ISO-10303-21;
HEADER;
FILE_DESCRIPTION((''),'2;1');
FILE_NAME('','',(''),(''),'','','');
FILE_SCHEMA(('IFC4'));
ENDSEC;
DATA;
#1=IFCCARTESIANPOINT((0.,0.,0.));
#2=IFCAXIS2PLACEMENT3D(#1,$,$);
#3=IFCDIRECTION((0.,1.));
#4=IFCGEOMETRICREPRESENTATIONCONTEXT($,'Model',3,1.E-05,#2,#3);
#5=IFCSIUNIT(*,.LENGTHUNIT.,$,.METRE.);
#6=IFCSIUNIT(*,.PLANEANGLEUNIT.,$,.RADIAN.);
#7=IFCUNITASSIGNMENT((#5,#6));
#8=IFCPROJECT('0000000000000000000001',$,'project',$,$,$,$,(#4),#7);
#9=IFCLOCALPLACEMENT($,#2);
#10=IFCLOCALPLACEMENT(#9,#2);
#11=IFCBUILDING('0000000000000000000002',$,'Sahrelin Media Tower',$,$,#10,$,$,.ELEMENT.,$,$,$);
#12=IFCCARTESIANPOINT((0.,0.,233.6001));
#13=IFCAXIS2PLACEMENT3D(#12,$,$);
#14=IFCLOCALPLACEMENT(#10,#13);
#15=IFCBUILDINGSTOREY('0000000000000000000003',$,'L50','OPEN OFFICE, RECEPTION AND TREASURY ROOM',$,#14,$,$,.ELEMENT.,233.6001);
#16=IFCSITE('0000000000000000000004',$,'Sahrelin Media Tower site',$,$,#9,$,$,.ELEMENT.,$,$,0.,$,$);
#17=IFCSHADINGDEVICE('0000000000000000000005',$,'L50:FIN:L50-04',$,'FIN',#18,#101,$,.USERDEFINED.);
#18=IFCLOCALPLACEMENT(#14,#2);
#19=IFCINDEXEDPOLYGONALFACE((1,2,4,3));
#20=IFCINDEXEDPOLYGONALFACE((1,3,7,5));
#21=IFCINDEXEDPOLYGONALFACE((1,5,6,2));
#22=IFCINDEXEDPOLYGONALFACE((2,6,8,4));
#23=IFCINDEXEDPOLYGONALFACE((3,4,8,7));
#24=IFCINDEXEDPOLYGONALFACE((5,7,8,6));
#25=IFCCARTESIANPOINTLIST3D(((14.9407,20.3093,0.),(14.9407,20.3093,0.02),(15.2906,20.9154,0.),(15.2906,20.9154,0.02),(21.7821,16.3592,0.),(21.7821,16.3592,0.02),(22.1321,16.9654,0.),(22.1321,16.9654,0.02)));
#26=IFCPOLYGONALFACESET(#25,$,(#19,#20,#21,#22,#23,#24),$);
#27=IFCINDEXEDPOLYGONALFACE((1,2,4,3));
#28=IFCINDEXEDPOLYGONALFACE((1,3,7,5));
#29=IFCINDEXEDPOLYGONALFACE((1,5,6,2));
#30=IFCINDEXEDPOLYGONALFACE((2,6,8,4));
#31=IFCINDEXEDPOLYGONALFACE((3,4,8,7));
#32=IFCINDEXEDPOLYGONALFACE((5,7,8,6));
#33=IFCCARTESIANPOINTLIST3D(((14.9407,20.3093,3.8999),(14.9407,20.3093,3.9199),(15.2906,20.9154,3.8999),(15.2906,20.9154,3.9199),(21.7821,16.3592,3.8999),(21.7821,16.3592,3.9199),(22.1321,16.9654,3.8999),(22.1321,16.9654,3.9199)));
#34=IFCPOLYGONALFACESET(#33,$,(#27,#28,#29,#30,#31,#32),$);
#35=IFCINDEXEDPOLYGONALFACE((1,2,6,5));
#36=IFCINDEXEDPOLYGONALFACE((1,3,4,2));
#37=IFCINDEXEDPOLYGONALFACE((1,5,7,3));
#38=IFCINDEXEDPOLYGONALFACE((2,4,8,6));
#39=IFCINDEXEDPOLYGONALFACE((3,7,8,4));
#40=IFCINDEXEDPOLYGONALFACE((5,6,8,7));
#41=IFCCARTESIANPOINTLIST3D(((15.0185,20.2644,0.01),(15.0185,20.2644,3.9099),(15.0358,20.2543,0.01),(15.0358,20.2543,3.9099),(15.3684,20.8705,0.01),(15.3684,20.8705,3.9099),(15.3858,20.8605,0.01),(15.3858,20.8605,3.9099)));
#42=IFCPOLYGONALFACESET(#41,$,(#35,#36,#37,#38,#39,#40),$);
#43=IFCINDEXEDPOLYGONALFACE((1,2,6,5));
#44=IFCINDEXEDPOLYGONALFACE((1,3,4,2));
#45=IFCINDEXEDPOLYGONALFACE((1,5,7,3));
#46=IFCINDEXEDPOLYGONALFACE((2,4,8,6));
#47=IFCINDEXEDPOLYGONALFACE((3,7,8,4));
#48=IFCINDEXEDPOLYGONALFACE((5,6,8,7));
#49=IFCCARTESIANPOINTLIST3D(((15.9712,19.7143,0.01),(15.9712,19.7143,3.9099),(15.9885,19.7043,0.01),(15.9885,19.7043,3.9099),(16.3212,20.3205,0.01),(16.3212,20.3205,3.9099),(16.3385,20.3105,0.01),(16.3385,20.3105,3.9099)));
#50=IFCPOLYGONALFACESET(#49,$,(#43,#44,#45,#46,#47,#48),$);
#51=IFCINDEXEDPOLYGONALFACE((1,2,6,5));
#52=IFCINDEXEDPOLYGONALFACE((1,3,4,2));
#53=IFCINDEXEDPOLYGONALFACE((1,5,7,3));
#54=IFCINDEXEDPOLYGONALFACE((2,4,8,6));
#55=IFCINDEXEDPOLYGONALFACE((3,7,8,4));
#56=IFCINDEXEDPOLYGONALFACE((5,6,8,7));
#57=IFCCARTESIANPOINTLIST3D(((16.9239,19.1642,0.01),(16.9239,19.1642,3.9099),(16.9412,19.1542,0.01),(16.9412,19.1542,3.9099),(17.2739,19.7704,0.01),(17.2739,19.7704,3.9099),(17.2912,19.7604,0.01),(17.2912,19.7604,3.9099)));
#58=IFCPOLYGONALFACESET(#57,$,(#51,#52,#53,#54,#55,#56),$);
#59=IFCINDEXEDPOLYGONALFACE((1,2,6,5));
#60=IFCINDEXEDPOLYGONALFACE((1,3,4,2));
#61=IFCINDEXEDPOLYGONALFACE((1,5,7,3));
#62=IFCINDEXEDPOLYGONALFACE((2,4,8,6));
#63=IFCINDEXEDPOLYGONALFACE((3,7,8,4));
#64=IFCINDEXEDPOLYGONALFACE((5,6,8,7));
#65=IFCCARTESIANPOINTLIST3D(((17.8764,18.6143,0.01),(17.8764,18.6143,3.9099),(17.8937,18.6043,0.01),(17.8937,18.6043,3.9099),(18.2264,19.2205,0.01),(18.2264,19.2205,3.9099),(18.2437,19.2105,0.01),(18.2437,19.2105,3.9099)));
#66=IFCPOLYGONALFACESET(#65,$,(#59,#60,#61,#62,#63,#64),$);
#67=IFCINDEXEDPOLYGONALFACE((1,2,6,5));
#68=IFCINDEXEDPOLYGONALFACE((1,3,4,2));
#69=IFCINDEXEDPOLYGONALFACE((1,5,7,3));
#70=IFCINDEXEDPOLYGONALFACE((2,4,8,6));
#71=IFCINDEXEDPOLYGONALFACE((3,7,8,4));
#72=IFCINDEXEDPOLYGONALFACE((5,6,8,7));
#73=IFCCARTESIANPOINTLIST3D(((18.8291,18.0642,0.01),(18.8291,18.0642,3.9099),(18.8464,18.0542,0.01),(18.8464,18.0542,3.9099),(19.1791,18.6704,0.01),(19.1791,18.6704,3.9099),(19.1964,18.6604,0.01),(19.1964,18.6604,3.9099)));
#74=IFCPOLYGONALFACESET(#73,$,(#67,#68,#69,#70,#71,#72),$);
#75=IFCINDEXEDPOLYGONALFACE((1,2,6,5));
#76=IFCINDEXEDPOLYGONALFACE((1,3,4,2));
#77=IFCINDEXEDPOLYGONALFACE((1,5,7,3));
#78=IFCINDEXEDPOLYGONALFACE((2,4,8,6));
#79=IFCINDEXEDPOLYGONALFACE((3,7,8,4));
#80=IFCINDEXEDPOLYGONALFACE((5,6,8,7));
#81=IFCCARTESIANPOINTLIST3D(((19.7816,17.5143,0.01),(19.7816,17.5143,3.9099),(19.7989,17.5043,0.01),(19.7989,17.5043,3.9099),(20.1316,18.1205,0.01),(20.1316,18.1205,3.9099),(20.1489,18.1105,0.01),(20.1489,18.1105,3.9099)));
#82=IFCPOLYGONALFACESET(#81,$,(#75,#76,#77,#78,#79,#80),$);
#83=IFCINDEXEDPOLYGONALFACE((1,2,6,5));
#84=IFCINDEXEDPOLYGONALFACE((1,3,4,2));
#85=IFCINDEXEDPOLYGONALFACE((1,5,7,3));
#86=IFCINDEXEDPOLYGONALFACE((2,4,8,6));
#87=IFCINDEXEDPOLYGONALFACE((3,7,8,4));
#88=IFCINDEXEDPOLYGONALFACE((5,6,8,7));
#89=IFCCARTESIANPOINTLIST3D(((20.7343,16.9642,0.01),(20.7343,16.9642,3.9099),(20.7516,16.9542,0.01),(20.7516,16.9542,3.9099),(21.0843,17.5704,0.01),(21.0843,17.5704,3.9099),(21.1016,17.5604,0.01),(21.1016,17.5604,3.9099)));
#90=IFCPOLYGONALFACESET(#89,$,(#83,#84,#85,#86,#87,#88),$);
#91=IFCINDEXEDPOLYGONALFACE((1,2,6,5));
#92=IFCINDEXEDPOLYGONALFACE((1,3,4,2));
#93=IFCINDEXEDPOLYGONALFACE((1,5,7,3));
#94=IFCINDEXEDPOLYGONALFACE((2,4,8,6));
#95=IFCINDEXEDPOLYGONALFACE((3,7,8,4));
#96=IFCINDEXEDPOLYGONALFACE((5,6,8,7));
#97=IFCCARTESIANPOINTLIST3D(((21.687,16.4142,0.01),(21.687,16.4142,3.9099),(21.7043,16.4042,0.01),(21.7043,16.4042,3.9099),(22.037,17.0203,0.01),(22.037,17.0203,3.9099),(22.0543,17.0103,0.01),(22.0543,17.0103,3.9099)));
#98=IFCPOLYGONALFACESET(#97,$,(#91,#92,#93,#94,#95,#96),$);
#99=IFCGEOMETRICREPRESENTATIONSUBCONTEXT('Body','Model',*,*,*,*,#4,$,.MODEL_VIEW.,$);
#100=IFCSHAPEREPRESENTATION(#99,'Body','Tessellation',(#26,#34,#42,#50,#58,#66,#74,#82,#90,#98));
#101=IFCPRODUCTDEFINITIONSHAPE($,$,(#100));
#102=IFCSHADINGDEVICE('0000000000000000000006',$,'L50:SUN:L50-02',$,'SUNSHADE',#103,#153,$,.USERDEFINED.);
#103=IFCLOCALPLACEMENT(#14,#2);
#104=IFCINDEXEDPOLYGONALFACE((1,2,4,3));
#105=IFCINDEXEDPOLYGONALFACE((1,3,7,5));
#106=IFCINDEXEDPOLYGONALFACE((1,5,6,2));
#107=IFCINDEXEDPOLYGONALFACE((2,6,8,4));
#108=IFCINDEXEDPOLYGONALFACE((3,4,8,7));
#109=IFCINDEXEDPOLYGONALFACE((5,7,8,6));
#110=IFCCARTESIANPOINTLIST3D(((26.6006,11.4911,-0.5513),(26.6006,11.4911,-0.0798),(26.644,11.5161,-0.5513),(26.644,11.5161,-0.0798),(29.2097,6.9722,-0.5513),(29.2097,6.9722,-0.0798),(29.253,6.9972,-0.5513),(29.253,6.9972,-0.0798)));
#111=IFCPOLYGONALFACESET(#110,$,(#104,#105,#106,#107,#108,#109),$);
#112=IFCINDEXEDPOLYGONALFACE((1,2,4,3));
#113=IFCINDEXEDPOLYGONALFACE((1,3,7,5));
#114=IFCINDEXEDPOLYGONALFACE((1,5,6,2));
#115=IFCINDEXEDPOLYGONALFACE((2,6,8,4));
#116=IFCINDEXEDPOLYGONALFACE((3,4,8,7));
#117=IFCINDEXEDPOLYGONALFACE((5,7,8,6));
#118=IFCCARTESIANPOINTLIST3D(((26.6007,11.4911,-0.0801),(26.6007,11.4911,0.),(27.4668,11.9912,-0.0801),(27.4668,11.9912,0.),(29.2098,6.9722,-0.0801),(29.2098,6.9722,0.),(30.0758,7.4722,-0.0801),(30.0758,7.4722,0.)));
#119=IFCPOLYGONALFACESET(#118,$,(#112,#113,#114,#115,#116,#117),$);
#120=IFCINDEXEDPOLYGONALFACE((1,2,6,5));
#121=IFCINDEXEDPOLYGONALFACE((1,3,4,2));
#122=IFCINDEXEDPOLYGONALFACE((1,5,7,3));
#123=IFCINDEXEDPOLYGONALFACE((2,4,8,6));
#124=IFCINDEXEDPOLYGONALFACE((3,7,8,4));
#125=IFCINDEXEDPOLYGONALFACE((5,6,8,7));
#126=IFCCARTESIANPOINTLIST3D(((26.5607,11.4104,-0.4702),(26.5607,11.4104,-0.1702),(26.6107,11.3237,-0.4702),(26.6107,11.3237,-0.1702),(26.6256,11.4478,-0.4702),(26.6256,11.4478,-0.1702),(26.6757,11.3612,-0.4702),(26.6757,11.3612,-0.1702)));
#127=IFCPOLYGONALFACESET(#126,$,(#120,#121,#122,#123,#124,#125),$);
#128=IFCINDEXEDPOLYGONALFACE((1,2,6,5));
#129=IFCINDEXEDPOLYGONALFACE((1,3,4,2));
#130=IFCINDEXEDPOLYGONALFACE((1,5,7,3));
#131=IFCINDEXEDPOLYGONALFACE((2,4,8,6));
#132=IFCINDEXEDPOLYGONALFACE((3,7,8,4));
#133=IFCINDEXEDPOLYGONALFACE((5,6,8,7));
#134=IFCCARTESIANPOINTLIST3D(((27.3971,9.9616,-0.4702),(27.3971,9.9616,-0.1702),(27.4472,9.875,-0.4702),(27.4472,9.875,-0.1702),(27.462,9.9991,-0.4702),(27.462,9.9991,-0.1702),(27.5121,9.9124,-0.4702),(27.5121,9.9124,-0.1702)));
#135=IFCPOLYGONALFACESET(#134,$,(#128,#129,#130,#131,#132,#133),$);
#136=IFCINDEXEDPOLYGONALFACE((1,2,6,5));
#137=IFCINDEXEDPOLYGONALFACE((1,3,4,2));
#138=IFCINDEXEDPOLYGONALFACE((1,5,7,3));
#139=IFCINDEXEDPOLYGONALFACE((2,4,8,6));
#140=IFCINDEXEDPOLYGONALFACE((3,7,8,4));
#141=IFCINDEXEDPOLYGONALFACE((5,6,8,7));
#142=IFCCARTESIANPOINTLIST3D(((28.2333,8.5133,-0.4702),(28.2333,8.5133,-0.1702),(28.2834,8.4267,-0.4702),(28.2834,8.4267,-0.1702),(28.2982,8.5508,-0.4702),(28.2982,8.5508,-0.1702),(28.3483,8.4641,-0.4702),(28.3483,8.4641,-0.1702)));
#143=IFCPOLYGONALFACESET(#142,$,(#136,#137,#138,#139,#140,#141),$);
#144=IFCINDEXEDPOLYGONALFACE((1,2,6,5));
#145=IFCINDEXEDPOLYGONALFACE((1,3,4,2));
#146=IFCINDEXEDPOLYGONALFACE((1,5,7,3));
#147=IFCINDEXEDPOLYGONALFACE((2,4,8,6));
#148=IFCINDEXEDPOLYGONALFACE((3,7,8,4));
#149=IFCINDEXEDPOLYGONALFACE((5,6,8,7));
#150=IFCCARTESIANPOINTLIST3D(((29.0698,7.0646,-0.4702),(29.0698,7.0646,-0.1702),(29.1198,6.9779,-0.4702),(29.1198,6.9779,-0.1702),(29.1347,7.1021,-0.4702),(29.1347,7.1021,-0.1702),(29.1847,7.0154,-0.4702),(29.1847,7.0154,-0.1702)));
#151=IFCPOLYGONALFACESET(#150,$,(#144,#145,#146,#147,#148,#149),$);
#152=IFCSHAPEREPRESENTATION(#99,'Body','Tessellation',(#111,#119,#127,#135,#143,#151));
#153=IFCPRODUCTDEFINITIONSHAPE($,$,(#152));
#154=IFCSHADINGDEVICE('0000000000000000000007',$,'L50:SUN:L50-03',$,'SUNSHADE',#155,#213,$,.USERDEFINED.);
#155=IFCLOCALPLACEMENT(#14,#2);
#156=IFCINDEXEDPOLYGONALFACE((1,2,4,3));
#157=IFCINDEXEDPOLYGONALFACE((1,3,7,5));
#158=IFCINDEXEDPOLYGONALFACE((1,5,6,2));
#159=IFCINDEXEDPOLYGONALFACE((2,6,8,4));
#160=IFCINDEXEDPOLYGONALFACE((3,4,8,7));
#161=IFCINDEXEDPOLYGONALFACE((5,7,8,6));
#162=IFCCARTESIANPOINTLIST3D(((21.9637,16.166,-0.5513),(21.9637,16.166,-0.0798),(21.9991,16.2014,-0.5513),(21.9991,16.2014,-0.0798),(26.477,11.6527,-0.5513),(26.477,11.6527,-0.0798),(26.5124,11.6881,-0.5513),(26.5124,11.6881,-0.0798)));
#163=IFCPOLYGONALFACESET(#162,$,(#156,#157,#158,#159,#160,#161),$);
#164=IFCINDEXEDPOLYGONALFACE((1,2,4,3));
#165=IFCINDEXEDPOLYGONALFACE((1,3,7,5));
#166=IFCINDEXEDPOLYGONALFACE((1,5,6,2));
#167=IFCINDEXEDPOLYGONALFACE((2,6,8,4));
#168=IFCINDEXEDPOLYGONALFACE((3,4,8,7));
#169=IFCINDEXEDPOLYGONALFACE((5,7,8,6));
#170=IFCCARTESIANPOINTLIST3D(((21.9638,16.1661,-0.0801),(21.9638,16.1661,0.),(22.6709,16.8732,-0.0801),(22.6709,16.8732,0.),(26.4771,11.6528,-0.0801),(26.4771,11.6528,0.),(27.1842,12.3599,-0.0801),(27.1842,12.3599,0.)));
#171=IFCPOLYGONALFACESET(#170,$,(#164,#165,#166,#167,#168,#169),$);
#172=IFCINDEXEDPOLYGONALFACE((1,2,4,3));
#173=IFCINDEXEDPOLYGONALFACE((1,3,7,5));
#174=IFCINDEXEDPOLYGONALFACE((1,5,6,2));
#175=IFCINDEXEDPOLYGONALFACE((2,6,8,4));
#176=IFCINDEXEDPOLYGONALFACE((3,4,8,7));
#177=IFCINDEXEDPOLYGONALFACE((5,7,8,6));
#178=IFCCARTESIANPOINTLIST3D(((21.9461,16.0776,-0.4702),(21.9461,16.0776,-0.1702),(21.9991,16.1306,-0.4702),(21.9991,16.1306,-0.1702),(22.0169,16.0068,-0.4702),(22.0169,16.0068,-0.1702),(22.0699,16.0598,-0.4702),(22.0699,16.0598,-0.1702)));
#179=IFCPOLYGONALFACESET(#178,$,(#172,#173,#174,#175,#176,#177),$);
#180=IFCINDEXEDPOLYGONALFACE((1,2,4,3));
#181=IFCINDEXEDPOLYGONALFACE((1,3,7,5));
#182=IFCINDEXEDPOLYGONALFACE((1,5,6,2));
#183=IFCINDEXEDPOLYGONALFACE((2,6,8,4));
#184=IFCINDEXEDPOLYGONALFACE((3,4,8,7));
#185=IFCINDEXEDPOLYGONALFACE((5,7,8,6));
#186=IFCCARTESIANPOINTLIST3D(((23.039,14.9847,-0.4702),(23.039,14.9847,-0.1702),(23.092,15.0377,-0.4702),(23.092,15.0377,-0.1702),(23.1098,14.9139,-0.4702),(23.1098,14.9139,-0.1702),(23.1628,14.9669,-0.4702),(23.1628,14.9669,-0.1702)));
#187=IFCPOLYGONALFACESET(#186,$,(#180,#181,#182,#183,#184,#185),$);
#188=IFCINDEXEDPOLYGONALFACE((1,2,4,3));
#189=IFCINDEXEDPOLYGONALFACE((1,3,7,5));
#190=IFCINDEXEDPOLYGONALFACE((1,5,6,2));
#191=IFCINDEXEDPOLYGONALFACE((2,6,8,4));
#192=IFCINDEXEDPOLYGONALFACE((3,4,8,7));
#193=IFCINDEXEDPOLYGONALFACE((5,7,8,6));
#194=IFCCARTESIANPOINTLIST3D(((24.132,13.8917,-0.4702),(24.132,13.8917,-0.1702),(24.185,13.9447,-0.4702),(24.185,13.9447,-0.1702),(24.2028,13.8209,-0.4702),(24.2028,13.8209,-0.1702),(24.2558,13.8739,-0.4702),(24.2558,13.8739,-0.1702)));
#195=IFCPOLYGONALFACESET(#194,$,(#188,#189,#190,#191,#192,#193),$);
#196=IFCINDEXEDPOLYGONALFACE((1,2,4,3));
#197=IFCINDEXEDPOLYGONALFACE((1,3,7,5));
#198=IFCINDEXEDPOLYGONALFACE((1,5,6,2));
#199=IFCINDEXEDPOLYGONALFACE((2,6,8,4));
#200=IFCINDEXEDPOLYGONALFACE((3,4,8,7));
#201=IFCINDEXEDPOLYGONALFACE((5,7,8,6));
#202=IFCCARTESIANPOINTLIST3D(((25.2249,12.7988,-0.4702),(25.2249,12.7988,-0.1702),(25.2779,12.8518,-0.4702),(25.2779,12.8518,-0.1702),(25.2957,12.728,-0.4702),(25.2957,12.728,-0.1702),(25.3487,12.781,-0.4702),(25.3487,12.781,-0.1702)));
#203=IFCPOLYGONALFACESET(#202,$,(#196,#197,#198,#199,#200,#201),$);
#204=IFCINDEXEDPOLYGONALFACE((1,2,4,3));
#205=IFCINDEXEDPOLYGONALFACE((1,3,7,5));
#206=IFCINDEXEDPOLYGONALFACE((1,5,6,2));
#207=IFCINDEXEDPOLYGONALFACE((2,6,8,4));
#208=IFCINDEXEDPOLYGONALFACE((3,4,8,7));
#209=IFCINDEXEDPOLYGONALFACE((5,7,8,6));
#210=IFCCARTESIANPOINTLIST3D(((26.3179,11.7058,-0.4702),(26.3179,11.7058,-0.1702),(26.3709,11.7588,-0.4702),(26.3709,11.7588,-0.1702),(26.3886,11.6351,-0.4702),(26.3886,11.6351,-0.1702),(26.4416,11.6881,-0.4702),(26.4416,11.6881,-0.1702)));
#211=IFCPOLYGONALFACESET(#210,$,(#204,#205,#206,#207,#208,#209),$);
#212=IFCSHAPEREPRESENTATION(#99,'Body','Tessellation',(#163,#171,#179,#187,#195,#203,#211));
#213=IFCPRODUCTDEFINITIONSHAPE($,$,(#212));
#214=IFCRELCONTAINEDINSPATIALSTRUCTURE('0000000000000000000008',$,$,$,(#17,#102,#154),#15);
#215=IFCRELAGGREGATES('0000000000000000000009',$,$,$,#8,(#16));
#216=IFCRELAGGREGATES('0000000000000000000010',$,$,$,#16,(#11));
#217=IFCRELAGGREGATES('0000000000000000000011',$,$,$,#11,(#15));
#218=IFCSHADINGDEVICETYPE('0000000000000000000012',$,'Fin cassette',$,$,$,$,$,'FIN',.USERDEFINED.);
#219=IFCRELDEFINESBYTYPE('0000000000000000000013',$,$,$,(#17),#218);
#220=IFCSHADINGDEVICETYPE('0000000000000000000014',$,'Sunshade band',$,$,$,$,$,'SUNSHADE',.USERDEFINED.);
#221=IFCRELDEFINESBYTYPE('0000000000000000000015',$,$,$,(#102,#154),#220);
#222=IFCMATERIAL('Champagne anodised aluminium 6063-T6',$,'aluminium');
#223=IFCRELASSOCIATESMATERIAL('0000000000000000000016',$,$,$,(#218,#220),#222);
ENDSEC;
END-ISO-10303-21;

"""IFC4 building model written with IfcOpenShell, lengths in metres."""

from ifc_helpers import new_model, si_unit, direction, frame, origin, origin_2d, place, context, subcontext, project, spatial, rectangle, extrude, material, type_object, element, save


model = new_model("IFC4")

# Units and contexts
model_context = context("Model", 3, precision=1e-05, world=origin(), true_north=direction((0.0, 1.0)))
body_context = subcontext(model_context, "Body", "Model", "MODEL_VIEW")
ifc_project = project(units=[si_unit("LENGTHUNIT", "METRE"), si_unit("PLANEANGLEUNIT", "RADIAN")], contexts=[model_context])

# Site, building, storey
site_placement = place(None, origin())
site = spatial("IfcSite", under=ifc_project, at=site_placement, Name="Sahrelin Media Tower site", CompositionType="ELEMENT", RefElevation=0.0)
building_placement = place(site_placement, origin())
building = spatial("IfcBuilding", under=site, at=building_placement, Name="Sahrelin Media Tower", CompositionType="ELEMENT")
storey_placement = place(building_placement, frame((0.0, 0.0, 233.6001)))
storey = spatial("IfcBuildingStorey", under=building, at=storey_placement, Name="L50", Description="OPEN OFFICE, RECEPTION AND TREASURY ROOM", CompositionType="ELEMENT", Elevation=233.6001)

# Shared definitions
ifc_material_1 = material(Name="Champagne anodised aluminium 6063-T6", Category="aluminium")

# Shading devices
shading_device_type_1 = type_object("IfcShadingDeviceType", Name="Fin cassette", ElementType="FIN", PredefinedType="USERDEFINED", material=ifc_material_1)
placement_1 = place(storey_placement, frame((27.8879, 9.2217, 0.0), z_axis=(0.0, 0.0, 1.0), x_axis=(0.500011, -0.866019, 0.0)))
placement_2 = place(storey_placement, frame((24.2063, 13.8953, 0.0), z_axis=(0.0, 0.0, 1.0), x_axis=(0.707107, -0.707107, 0.0)))
placement_3 = place(storey_placement, frame((18.3264, 18.2737, 0.0), z_axis=(0.0, 0.0, 1.0), x_axis=(0.866019, -0.500011, 0.0)))
element("IfcShadingDevice", 1, at=placement_3, inside=storey, type_object=shading_device_type_1, Name="L50:FIN:L50-04", ObjectType="FIN", PredefinedType="USERDEFINED", context=body_context, shape_type="SweptSolid", body=[
    extrude(rectangle(XDim=7.8999, YDim=0.7, at=origin_2d()), frame((0.0, 0.4199, 0.0)), (0.0, 0.0, 1.0), 0.02),
    extrude(rectangle(XDim=7.8999, YDim=0.7, at=origin_2d()), frame((0.0, 0.4199, 3.8999)), (0.0, 0.0, 1.0), 0.02),
    extrude(rectangle(XDim=0.02, YDim=0.7, at=origin_2d()), frame((-3.8501, 0.4199, 0.01), z_axis=(0.0, 0.0, 1.0), x_axis=(1.0, 0.0, 0.0)), (0.0, 0.0, 1.0), 3.8999),
    extrude(rectangle(XDim=0.02, YDim=0.7, at=origin_2d()), frame((-2.75, 0.4199, 0.01), z_axis=(0.0, 0.0, 1.0), x_axis=(1.0, 0.0, 0.0)), (0.0, 0.0, 1.0), 3.8999),
    extrude(rectangle(XDim=0.02, YDim=0.7, at=origin_2d()), frame((-1.6499, 0.4199, 0.01), z_axis=(0.0, 0.0, 1.0), x_axis=(1.0, 0.0, 0.0)), (0.0, 0.0, 1.0), 3.8999),
    extrude(rectangle(XDim=0.02, YDim=0.7, at=origin_2d()), frame((-0.55, 0.4199, 0.01), z_axis=(0.0, 0.0, 1.0), x_axis=(1.0, 0.0, 0.0)), (0.0, 0.0, 1.0), 3.8999),
    extrude(rectangle(XDim=0.02, YDim=0.7, at=origin_2d()), frame((0.55, 0.4199, 0.01), z_axis=(0.0, 0.0, 1.0), x_axis=(1.0, 0.0, 0.0)), (0.0, 0.0, 1.0), 3.8999),
    extrude(rectangle(XDim=0.02, YDim=0.7, at=origin_2d()), frame((1.6499, 0.4199, 0.01), z_axis=(0.0, 0.0, 1.0), x_axis=(1.0, 0.0, 0.0)), (0.0, 0.0, 1.0), 3.8999),
    extrude(rectangle(XDim=0.02, YDim=0.7, at=origin_2d()), frame((2.75, 0.4199, 0.01), z_axis=(0.0, 0.0, 1.0), x_axis=(1.0, 0.0, 0.0)), (0.0, 0.0, 1.0), 3.8999),
    extrude(rectangle(XDim=0.02, YDim=0.7, at=origin_2d()), frame((3.8501, 0.4199, 0.01), z_axis=(0.0, 0.0, 1.0), x_axis=(1.0, 0.0, 0.0)), (0.0, 0.0, 1.0), 3.8999),
])
shading_device_type_2 = type_object("IfcShadingDeviceType", Name="Sunshade band", ElementType="SUNSHADE", PredefinedType="USERDEFINED", material=ifc_material_1)
element("IfcShadingDevice", 2, at=placement_1, inside=storey, type_object=shading_device_type_2, Name="L50:SUN:L50-02", ObjectType="SUNSHADE", PredefinedType="USERDEFINED", context=body_context, shape_type="SweptSolid", body=[
    extrude(rectangle(XDim=5.218, YDim=0.05, at=origin_2d()), frame((0.0, 0.0449, -0.5513)), (0.0, 0.0, 1.0), 0.4714),
    extrude(rectangle(XDim=5.218, YDim=1.0, at=origin_2d()), frame((0.0, 0.52, -0.0801)), (0.0, 0.0, 1.0), 0.0801),
    extrude(rectangle(XDim=0.1001, YDim=0.075, at=origin_2d()), frame((-2.509, -0.0176, -0.4702)), (0.0, 0.0, 1.0), 0.3),
    extrude(rectangle(XDim=0.1001, YDim=0.075, at=origin_2d()), frame((-0.8362, -0.0176, -0.4702)), (0.0, 0.0, 1.0), 0.3),
    extrude(rectangle(XDim=0.1001, YDim=0.075, at=origin_2d()), frame((0.8362, -0.0176, -0.4702)), (0.0, 0.0, 1.0), 0.3),
    extrude(rectangle(XDim=0.1001, YDim=0.075, at=origin_2d()), frame((2.509, -0.0176, -0.4702)), (0.0, 0.0, 1.0), 0.3),
])
element("IfcShadingDevice", 3, at=placement_2, inside=storey, type_object=shading_device_type_2, Name="L50:SUN:L50-03", ObjectType="SUNSHADE", PredefinedType="USERDEFINED", context=body_context, shape_type="SweptSolid", body=[
    extrude(rectangle(XDim=6.3828, YDim=0.05, at=origin_2d()), frame((0.0, 0.0449, -0.5513)), (0.0, 0.0, 1.0), 0.4714),
    extrude(rectangle(XDim=6.3828, YDim=1.0, at=origin_2d()), frame((0.0, 0.52, -0.0801)), (0.0, 0.0, 1.0), 0.0801),
    extrude(rectangle(XDim=0.1001, YDim=0.075, at=origin_2d()), frame((-3.0913, -0.0176, -0.4702)), (0.0, 0.0, 1.0), 0.3),
    extrude(rectangle(XDim=0.1001, YDim=0.075, at=origin_2d()), frame((-1.5457, -0.0176, -0.4702)), (0.0, 0.0, 1.0), 0.3),
    extrude(rectangle(XDim=0.1001, YDim=0.075, at=origin_2d()), frame((0.0, -0.0176, -0.4702)), (0.0, 0.0, 1.0), 0.3),
    extrude(rectangle(XDim=0.1001, YDim=0.075, at=origin_2d()), frame((1.5457, -0.0176, -0.4702)), (0.0, 0.0, 1.0), 0.3),
    extrude(rectangle(XDim=0.1001, YDim=0.075, at=origin_2d()), frame((3.0913, -0.0176, -0.4702)), (0.0, 0.0, 1.0), 0.3),
])

save(model, "model.ifc")
